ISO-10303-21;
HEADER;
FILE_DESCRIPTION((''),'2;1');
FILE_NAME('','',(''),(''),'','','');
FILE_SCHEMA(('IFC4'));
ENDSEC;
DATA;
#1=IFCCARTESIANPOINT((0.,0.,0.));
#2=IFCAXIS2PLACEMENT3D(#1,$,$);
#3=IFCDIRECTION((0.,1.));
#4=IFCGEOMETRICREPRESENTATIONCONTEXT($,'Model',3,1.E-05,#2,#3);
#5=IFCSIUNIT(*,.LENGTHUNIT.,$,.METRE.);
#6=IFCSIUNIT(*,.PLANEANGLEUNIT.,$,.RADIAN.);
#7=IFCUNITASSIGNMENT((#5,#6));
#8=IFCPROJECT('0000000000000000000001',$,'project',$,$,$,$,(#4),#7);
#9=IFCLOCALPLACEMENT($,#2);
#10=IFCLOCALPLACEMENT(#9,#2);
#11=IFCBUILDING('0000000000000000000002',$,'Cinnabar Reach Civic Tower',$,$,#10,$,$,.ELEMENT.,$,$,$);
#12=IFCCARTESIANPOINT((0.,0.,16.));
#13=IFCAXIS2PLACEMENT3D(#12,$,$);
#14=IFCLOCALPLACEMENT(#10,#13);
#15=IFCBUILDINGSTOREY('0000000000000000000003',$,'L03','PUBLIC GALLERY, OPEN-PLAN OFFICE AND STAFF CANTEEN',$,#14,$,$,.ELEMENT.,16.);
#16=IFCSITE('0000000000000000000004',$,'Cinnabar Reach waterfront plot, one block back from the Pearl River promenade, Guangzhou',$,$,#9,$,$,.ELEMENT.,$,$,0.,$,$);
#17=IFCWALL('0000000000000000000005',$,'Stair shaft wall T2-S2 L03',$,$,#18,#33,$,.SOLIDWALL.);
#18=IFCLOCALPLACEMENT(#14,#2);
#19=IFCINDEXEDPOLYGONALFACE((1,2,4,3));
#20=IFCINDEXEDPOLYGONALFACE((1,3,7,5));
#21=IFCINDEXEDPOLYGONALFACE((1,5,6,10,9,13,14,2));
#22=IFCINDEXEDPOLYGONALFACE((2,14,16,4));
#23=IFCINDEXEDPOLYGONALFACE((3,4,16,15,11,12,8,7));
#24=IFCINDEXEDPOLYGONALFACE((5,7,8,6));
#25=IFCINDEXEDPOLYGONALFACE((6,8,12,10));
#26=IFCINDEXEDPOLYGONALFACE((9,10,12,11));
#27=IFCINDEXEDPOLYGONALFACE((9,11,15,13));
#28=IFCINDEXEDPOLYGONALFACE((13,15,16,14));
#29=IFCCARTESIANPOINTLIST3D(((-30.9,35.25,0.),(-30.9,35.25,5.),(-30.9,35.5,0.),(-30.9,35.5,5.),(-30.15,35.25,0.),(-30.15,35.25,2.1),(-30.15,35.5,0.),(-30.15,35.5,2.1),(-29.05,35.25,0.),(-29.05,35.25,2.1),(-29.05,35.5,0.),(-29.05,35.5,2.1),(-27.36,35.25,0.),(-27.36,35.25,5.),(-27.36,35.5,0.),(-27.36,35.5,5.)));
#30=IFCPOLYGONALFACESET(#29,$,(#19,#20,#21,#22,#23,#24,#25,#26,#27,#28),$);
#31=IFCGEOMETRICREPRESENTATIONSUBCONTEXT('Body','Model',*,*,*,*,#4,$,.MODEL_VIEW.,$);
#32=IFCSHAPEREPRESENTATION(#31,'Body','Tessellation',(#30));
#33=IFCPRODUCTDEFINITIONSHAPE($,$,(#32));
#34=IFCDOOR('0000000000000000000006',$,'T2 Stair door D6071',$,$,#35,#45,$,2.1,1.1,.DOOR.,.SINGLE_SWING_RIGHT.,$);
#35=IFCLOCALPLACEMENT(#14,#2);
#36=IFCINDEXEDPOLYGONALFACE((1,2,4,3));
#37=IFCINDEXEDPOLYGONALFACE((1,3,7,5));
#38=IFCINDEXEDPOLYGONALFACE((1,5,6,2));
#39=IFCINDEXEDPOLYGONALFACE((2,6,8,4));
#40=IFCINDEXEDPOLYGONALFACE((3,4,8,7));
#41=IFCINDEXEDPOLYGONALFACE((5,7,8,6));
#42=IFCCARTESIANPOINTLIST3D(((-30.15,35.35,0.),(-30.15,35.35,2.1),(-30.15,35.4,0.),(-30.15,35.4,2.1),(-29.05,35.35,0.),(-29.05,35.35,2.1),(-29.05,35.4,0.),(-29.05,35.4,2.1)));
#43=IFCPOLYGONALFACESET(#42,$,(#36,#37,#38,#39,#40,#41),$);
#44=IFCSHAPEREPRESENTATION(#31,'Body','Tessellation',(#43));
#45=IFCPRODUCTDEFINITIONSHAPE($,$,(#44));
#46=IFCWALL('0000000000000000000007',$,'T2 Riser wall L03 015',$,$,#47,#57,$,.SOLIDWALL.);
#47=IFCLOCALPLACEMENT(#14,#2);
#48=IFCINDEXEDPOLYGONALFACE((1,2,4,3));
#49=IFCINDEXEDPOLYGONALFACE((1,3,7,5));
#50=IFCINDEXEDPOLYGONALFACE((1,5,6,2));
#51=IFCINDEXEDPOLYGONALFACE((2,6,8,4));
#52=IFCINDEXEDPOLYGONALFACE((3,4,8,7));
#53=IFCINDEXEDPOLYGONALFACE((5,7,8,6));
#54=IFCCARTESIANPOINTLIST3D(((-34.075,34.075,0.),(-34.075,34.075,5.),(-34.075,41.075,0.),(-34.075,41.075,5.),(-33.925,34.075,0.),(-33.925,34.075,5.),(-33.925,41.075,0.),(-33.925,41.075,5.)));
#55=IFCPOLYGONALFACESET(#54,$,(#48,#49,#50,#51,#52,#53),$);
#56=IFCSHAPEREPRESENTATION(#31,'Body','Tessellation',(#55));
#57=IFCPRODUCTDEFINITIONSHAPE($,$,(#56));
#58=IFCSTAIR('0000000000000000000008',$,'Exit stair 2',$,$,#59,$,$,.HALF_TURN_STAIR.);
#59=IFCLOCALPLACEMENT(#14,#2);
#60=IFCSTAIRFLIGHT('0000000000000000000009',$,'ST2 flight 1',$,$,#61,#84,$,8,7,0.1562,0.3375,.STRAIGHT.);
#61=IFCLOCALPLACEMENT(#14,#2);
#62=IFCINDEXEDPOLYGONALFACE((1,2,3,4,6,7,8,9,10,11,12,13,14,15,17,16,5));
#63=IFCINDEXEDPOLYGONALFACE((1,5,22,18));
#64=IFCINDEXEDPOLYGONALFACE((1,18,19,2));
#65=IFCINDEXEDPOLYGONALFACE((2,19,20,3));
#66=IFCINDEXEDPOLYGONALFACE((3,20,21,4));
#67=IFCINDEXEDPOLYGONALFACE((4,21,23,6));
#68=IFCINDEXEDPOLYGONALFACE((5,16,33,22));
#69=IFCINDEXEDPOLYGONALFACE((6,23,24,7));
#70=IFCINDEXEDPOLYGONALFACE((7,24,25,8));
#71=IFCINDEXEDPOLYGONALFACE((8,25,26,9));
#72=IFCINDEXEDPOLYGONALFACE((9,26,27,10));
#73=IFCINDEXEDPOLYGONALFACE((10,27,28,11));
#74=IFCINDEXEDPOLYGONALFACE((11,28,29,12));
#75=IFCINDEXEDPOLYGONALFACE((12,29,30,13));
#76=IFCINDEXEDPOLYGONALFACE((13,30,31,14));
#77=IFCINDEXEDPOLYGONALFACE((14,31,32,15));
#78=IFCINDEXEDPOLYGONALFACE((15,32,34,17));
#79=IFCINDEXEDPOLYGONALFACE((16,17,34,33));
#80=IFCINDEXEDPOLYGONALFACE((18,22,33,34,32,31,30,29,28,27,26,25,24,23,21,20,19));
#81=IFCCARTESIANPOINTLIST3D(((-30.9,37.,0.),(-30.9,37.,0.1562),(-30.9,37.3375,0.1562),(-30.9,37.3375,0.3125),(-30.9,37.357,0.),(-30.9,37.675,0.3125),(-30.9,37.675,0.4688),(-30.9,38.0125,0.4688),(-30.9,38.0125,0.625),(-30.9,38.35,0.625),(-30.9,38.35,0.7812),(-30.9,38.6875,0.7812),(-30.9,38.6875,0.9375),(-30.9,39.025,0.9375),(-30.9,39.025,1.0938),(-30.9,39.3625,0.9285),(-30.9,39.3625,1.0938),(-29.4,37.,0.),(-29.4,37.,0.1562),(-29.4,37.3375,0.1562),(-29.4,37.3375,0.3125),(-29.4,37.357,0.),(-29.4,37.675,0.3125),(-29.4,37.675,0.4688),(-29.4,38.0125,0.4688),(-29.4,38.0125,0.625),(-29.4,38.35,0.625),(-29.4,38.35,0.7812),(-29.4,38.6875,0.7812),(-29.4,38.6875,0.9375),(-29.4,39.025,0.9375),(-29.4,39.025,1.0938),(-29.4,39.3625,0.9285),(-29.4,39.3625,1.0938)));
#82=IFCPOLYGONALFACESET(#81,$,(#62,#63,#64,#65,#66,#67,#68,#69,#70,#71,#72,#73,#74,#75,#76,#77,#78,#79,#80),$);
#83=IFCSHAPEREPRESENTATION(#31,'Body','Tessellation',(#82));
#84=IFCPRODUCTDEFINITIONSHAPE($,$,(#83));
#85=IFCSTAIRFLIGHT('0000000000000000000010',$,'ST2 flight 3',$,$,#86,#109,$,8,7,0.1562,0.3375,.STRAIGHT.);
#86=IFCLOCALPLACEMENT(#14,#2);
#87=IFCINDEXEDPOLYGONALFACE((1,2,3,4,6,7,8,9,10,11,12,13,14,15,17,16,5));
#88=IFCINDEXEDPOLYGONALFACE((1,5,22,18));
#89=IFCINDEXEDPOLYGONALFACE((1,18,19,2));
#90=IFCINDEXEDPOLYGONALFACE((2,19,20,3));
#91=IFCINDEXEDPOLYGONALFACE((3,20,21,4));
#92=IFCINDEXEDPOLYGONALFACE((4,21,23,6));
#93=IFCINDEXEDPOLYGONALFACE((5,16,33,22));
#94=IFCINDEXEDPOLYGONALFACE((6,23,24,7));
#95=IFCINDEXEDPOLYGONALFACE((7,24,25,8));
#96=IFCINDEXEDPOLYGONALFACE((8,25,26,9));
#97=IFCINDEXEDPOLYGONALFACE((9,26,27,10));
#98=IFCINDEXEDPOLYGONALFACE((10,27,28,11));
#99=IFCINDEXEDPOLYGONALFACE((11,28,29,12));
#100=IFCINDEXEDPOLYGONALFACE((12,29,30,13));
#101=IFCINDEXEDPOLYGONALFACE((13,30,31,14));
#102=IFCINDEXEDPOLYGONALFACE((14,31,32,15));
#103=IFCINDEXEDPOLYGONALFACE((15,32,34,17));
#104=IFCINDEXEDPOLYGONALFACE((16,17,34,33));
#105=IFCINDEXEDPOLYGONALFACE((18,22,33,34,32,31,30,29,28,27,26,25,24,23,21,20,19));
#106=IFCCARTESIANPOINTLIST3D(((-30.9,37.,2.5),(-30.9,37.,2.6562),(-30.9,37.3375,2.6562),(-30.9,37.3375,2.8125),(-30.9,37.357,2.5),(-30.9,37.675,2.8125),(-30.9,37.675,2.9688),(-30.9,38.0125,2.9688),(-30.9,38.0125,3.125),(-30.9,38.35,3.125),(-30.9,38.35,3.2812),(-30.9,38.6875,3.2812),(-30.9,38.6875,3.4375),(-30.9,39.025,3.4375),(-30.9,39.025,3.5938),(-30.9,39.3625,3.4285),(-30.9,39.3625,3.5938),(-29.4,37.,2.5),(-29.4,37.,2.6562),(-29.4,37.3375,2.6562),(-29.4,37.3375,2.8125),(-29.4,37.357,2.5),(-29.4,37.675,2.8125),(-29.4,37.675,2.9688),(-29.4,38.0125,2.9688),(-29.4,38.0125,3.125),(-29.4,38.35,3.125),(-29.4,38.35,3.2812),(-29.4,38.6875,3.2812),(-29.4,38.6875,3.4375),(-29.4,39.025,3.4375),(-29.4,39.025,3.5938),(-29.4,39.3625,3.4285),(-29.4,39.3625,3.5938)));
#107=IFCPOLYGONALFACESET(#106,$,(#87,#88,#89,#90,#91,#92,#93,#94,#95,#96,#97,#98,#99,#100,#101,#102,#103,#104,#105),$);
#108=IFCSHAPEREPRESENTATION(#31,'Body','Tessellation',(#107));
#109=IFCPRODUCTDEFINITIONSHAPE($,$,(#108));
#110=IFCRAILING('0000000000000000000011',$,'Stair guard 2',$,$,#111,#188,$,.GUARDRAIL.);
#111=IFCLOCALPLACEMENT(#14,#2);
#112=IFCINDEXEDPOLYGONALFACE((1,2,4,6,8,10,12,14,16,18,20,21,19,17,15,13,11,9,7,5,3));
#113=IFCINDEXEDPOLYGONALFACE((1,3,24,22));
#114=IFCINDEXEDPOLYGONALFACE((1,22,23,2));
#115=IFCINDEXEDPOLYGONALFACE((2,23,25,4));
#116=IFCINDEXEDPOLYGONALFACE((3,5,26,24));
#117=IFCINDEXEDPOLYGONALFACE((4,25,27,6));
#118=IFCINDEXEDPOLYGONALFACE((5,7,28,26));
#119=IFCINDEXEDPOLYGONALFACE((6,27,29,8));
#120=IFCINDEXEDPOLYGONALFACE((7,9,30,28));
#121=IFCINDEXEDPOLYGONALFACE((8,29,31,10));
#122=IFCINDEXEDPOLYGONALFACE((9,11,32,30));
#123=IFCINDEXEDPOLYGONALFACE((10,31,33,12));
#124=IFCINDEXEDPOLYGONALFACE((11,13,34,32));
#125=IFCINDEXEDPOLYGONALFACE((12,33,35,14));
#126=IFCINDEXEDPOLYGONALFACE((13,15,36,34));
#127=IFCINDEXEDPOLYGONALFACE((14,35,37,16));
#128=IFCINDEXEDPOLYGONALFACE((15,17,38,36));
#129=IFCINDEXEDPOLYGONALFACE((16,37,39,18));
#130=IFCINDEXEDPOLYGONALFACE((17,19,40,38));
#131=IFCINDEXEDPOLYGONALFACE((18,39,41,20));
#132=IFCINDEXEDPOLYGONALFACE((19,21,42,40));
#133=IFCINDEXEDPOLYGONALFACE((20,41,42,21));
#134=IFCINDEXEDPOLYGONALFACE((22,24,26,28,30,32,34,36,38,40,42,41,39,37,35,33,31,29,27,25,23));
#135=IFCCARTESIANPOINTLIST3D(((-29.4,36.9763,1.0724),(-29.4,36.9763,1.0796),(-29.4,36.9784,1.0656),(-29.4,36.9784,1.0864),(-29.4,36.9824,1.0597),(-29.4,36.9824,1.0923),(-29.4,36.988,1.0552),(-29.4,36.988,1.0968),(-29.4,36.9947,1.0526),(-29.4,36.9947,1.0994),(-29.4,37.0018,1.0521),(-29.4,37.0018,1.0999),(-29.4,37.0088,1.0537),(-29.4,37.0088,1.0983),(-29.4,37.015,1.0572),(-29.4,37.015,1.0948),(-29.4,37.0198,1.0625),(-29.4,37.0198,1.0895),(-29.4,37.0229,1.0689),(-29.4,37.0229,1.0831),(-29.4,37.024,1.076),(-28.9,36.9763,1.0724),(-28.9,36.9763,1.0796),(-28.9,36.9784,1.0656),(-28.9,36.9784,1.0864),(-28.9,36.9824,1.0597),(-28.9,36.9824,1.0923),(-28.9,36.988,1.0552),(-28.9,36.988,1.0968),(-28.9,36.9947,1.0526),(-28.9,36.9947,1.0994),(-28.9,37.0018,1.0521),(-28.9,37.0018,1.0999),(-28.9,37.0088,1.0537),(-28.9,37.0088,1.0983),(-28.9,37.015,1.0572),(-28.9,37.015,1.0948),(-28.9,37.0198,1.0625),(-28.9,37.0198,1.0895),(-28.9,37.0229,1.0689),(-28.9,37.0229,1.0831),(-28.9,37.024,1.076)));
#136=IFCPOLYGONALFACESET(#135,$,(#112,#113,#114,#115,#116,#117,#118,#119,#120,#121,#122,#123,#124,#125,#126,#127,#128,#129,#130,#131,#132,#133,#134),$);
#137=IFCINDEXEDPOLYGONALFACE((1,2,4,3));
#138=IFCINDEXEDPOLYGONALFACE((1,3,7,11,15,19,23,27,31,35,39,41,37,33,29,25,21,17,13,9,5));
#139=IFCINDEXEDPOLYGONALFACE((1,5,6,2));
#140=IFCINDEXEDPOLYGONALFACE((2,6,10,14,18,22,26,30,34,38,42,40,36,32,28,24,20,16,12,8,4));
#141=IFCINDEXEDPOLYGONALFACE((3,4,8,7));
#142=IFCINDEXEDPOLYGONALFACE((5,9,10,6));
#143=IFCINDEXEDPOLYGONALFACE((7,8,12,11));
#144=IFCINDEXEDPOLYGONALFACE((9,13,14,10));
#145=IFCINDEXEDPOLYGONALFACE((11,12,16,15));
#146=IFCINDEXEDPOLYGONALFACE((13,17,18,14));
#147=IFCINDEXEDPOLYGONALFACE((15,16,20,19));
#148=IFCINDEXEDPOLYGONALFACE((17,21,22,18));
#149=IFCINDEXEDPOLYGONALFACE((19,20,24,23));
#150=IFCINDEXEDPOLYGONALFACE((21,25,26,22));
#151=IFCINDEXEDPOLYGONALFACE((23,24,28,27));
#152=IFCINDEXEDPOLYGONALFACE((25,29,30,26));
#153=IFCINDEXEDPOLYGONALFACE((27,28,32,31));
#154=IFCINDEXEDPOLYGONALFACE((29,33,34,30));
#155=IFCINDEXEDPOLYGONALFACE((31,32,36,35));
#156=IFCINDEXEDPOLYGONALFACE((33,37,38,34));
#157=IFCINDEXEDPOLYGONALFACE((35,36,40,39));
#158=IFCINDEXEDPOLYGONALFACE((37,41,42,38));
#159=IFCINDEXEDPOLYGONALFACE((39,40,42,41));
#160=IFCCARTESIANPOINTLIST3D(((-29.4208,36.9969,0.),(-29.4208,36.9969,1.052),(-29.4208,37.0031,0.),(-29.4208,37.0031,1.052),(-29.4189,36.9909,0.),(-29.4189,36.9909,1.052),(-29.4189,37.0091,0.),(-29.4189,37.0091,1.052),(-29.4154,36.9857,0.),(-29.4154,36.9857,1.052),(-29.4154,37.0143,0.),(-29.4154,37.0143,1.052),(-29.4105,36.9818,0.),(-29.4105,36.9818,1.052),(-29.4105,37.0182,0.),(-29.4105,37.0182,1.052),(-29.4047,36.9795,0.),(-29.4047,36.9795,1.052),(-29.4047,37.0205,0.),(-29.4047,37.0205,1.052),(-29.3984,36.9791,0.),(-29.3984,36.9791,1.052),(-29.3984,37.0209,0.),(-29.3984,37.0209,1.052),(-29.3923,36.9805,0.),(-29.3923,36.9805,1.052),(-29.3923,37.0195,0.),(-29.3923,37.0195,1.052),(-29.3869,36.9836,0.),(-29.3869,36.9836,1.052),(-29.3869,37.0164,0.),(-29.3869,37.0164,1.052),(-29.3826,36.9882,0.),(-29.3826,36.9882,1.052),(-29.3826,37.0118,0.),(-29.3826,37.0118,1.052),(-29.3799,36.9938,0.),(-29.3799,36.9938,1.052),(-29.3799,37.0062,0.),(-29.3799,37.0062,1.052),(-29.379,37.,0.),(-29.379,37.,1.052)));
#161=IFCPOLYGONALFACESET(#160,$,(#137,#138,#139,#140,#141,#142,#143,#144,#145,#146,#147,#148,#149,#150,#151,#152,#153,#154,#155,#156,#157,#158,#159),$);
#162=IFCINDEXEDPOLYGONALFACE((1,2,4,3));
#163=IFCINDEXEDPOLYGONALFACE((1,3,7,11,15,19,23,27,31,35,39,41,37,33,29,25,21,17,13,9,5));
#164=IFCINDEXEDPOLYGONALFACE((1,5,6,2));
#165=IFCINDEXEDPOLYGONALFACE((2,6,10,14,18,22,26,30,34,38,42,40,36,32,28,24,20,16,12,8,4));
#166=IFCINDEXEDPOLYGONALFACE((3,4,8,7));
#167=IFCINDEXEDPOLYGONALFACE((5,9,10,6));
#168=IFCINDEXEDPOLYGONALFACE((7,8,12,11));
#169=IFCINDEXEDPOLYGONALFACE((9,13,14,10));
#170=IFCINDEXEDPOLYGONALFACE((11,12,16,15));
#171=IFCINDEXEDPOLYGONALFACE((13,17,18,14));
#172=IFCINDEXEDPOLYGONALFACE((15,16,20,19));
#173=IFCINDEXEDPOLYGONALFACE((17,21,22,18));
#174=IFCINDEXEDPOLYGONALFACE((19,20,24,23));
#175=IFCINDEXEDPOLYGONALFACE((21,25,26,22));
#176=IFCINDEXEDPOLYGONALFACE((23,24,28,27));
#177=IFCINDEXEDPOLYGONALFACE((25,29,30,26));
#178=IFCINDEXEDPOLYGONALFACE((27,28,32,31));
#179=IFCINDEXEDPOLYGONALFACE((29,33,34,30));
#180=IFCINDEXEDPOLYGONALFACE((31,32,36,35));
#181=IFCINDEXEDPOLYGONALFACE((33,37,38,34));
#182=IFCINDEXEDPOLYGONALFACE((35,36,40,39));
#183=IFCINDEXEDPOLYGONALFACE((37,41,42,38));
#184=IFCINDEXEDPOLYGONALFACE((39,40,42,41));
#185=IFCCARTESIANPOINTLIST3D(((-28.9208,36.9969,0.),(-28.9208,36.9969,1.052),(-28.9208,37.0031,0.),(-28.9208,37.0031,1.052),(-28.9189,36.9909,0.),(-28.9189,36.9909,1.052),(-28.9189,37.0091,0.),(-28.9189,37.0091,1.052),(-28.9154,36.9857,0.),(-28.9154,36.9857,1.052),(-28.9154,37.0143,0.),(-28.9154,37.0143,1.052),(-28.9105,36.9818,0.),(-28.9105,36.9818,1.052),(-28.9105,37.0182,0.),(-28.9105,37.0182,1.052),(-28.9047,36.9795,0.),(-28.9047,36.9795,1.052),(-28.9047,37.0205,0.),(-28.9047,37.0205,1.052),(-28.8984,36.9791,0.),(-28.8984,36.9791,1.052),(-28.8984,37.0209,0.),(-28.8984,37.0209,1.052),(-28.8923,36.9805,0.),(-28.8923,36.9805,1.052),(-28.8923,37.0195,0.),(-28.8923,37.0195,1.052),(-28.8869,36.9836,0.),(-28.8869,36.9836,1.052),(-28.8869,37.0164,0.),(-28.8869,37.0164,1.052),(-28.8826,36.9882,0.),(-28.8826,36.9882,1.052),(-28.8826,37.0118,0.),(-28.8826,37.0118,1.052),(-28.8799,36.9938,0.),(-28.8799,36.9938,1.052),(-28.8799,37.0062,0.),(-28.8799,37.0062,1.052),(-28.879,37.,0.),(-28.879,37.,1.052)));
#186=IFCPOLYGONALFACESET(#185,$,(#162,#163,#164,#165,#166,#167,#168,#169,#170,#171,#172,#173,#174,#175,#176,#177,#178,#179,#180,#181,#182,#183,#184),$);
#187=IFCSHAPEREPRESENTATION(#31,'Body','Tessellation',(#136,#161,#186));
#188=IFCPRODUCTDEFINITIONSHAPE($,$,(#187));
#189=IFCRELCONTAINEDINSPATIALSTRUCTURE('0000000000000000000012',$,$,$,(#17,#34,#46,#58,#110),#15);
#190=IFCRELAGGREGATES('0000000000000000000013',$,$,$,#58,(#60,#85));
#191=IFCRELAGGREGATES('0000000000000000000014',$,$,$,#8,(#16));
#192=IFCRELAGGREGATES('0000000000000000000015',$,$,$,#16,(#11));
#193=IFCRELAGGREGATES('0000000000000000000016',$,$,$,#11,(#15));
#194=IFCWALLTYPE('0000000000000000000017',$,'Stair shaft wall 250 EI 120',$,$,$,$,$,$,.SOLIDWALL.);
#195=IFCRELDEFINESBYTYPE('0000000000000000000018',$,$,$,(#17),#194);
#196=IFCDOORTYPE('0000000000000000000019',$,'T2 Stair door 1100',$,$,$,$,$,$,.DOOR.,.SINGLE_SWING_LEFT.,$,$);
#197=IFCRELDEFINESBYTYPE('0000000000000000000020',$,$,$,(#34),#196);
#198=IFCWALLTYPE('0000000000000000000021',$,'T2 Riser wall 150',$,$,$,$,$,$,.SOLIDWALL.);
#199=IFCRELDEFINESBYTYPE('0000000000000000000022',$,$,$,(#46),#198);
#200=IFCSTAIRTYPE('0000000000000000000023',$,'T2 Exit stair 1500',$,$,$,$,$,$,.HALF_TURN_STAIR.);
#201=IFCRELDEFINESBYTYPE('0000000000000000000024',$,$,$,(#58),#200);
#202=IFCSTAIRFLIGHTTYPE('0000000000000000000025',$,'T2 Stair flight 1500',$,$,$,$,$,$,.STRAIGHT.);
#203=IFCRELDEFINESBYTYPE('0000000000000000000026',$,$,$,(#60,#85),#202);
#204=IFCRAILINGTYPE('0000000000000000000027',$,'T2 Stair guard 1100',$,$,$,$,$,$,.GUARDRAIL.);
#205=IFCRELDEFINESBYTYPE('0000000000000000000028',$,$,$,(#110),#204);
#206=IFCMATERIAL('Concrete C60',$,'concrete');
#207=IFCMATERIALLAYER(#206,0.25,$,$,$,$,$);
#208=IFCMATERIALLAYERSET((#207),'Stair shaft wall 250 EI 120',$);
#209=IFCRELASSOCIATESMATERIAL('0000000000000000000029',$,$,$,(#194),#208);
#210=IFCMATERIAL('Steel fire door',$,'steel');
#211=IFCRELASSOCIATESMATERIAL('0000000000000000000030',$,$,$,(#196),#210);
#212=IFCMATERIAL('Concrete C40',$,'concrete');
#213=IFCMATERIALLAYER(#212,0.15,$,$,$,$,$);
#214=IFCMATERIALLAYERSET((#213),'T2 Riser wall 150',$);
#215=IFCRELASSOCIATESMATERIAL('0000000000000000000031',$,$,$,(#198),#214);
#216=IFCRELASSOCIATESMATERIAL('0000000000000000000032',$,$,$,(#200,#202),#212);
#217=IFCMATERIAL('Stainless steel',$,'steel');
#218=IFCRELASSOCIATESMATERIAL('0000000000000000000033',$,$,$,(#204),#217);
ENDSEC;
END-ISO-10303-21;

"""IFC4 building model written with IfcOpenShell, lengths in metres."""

from ifc_helpers import new_model, si_unit, direction, frame, frame_2d, origin, origin_2d, place, context, subcontext, project, spatial, polyline, rectangle, circle, outline, extrude, material, layer, layer_set, type_object, element, fill, aggregate, save


model = new_model("IFC4")

# Units and contexts
model_context = context("Model", 3, precision=1e-05, world=origin(), true_north=direction((0.0, 1.0)))
body_context = subcontext(model_context, "Body", "Model", "MODEL_VIEW")
ifc_project = project(units=[si_unit("LENGTHUNIT", "METRE"), si_unit("PLANEANGLEUNIT", "RADIAN")], contexts=[model_context])

# Site, building, storey
site_placement = place(None, origin())
site = spatial("IfcSite", under=ifc_project, at=site_placement, Name="Cinnabar Reach waterfront plot, one block back from the Pearl River promenade, Guangzhou", CompositionType="ELEMENT", RefElevation=0.0)
building_placement = place(site_placement, origin())
building = spatial("IfcBuilding", under=site, at=building_placement, Name="Cinnabar Reach Civic Tower", CompositionType="ELEMENT")
storey_placement = place(building_placement, frame((0.0, 0.0, 16.0)))
storey = spatial("IfcBuildingStorey", under=building, at=storey_placement, Name="L03", Description="PUBLIC GALLERY, OPEN-PLAN OFFICE AND STAFF CANTEEN", CompositionType="ELEMENT", Elevation=16.0)

# Wall, opening, door
ifc_material_1 = material(Name="Concrete C60", Category="concrete")
ifc_layer_1 = layer(ifc_material_1, 0.25)
ifc_layer_set_1 = layer_set([ifc_layer_1], Name="Stair shaft wall 250 EI 120")
wall_type_1 = type_object("IfcWallType", Name="Stair shaft wall 250 EI 120", PredefinedType="SOLIDWALL", material=ifc_layer_set_1)
wall_1_placement = place(storey_placement, frame((-30.9, 35.375, 0.0), z_axis=(0.0, 0.0, 1.0), x_axis=(1.0, 0.0, 0.0)))
wall_1 = element("IfcWall", 1, at=wall_1_placement, inside=storey, type_object=wall_type_1, Name="Stair shaft wall T2-S2 L03", PredefinedType="SOLIDWALL", context=body_context, shape_type="SweptSolid", body=[
    extrude(rectangle(XDim=3.54, YDim=0.25, at=frame_2d((1.77, 0.0))), origin(), (0.0, 0.0, 1.0), 5.0),
])
opening_1_placement = place(wall_1_placement, frame((0.75, 0.0, 0.0)))
opening_1 = element("IfcOpeningElement", 2, at=opening_1_placement, cuts=wall_1, PredefinedType="OPENING", context=body_context, shape_type="SweptSolid", body=[
    extrude(rectangle(XDim=1.1, YDim=2.1, at=frame_2d((0.55, 1.05))), frame((0.0, 0.135, 0.0), z_axis=(0.0, -1.0, 0.0), x_axis=(1.0, 0.0, 0.0)), (0.0, 0.0, 1.0), 0.27),
])
ifc_material_2 = material(Name="Steel fire door", Category="steel")
door_type_1 = type_object("IfcDoorType", Name="T2 Stair door 1100", OperationType="SINGLE_SWING_LEFT", PredefinedType="DOOR", material=ifc_material_2)
door_1_placement = place(opening_1_placement, origin())
door_1 = element("IfcDoor", 3, at=door_1_placement, inside=storey, type_object=door_type_1, Name="T2 Stair door D6071", OperationType="SINGLE_SWING_RIGHT", OverallHeight=2.1, OverallWidth=1.1, PredefinedType="DOOR", context=body_context, shape_type="SweptSolid", body=[
    extrude(rectangle(XDim=1.1, YDim=2.1, at=frame_2d((0.55, 1.05))), frame((0.0, 0.025, 0.0), z_axis=(0.0, -1.0, 0.0), x_axis=(1.0, 0.0, 0.0)), (0.0, 0.0, 1.0), 0.05),
])
fill(opening_1, door_1)

# Wall
ifc_material_3 = material(Name="Concrete C40", Category="concrete")
ifc_layer_2 = layer(ifc_material_3, 0.15)
ifc_layer_set_2 = layer_set([ifc_layer_2], Name="T2 Riser wall 150")
wall_type_2 = type_object("IfcWallType", Name="T2 Riser wall 150", PredefinedType="SOLIDWALL", material=ifc_layer_set_2)
wall_2_placement = place(storey_placement, frame((-34.0, 41.075, 0.0), z_axis=(0.0, 0.0, 1.0), x_axis=(0.0, -1.0, 0.0)))
element("IfcWall", 4, at=wall_2_placement, inside=storey, type_object=wall_type_2, Name="T2 Riser wall L03 015", PredefinedType="SOLIDWALL", context=body_context, shape_type="SweptSolid", body=[
    extrude(rectangle(XDim=7.0, YDim=0.15, at=frame_2d((3.5, 0.0))), origin(), (0.0, 0.0, 1.0), 5.0),
])

# Stair, stair flights
stair_type = type_object("IfcStairType", Name="T2 Exit stair 1500", PredefinedType="HALF_TURN_STAIR", material=ifc_material_3)
stair_placement = place(storey_placement, origin())
stair = element("IfcStair", 5, at=stair_placement, inside=storey, type_object=stair_type, Name="Exit stair 2", PredefinedType="HALF_TURN_STAIR")
stair_flight_type = type_object("IfcStairFlightType", Name="T2 Stair flight 1500", PredefinedType="STRAIGHT", material=ifc_material_3)
stair_flight_1_placement = place(storey_placement, frame((-30.15, 37.0, 0.0), z_axis=(0.0, 0.0, 1.0), x_axis=(0.0, 1.0, 0.0)))
stair_flight_1 = element("IfcStairFlight", 6, at=stair_flight_1_placement, type_object=stair_flight_type, Name="ST2 flight 1", NumberOfRisers=8, NumberOfTreads=7, PredefinedType="STRAIGHT", RiserHeight=0.1562, TreadLength=0.3375, context=body_context, shape_type="SweptSolid", body=[
    extrude(outline(polyline([(0.0, 0.0), (0.0, 0.1562), (0.3375, 0.1562), (0.3375, 0.3125), (0.675, 0.3125), (0.675, 0.4688), (1.0125, 0.4688), (1.0125, 0.625), (1.35, 0.625), (1.35, 0.7812), (1.6875, 0.7812), (1.6875, 0.9375), (2.025, 0.9375), (2.025, 1.0938), (2.3625, 1.0938), (2.3625, 1.25), (2.3625, 0.9285), (0.357, 0.0), (0.0, 0.0)])), frame((0.0, 0.75, 0.0), z_axis=(0.0, -1.0, 0.0), x_axis=(1.0, 0.0, 0.0)), (0.0, 0.0, 1.0), 1.5),
])
stair_flight_2_placement = place(storey_placement, frame((-30.15, 37.0, 2.5), z_axis=(0.0, 0.0, 1.0), x_axis=(0.0, 1.0, 0.0)))
stair_flight_2 = element("IfcStairFlight", 7, at=stair_flight_2_placement, type_object=stair_flight_type, Name="ST2 flight 3", NumberOfRisers=8, NumberOfTreads=7, PredefinedType="STRAIGHT", RiserHeight=0.1562, TreadLength=0.3375, context=body_context, shape_type="SweptSolid", body=[
    extrude(outline(polyline([(0.0, 0.0), (0.0, 0.1562), (0.3375, 0.1562), (0.3375, 0.3125), (0.675, 0.3125), (0.675, 0.4688), (1.0125, 0.4688), (1.0125, 0.625), (1.35, 0.625), (1.35, 0.7812), (1.6875, 0.7812), (1.6875, 0.9375), (2.025, 0.9375), (2.025, 1.0938), (2.3625, 1.0938), (2.3625, 1.25), (2.3625, 0.9285), (0.357, 0.0), (0.0, 0.0)])), frame((0.0, 0.75, 0.0), z_axis=(0.0, -1.0, 0.0), x_axis=(1.0, 0.0, 0.0)), (0.0, 0.0, 1.0), 1.5),
])
aggregate(stair, [stair_flight_1, stair_flight_2])

# Railing
ifc_material_4 = material(Name="Stainless steel", Category="steel")
railing_type = type_object("IfcRailingType", Name="T2 Stair guard 1100", PredefinedType="GUARDRAIL", material=ifc_material_4)
railing_1_placement = place(storey_placement, frame((-29.4, 37.0, 0.0)))
element("IfcRailing", 8, at=railing_1_placement, inside=storey, type_object=railing_type, Name="Stair guard 2", PredefinedType="GUARDRAIL", context=body_context, shape_type="SweptSolid", body=[
    extrude(circle(Radius=0.024, at=origin_2d()), frame((0.0, 0.0, 1.076), z_axis=(1.0, 0.0, 0.0), x_axis=(0.0, 1.0, 0.0)), (0.0, 0.0, 1.0), 0.5),
    extrude(circle(Radius=0.021, at=origin_2d()), origin(), (0.0, 0.0, 1.0), 1.052),
    extrude(circle(Radius=0.021, at=origin_2d()), frame((0.5, 0.0, 0.0)), (0.0, 0.0, 1.0), 1.052),
])

save(model, "model.ifc")
